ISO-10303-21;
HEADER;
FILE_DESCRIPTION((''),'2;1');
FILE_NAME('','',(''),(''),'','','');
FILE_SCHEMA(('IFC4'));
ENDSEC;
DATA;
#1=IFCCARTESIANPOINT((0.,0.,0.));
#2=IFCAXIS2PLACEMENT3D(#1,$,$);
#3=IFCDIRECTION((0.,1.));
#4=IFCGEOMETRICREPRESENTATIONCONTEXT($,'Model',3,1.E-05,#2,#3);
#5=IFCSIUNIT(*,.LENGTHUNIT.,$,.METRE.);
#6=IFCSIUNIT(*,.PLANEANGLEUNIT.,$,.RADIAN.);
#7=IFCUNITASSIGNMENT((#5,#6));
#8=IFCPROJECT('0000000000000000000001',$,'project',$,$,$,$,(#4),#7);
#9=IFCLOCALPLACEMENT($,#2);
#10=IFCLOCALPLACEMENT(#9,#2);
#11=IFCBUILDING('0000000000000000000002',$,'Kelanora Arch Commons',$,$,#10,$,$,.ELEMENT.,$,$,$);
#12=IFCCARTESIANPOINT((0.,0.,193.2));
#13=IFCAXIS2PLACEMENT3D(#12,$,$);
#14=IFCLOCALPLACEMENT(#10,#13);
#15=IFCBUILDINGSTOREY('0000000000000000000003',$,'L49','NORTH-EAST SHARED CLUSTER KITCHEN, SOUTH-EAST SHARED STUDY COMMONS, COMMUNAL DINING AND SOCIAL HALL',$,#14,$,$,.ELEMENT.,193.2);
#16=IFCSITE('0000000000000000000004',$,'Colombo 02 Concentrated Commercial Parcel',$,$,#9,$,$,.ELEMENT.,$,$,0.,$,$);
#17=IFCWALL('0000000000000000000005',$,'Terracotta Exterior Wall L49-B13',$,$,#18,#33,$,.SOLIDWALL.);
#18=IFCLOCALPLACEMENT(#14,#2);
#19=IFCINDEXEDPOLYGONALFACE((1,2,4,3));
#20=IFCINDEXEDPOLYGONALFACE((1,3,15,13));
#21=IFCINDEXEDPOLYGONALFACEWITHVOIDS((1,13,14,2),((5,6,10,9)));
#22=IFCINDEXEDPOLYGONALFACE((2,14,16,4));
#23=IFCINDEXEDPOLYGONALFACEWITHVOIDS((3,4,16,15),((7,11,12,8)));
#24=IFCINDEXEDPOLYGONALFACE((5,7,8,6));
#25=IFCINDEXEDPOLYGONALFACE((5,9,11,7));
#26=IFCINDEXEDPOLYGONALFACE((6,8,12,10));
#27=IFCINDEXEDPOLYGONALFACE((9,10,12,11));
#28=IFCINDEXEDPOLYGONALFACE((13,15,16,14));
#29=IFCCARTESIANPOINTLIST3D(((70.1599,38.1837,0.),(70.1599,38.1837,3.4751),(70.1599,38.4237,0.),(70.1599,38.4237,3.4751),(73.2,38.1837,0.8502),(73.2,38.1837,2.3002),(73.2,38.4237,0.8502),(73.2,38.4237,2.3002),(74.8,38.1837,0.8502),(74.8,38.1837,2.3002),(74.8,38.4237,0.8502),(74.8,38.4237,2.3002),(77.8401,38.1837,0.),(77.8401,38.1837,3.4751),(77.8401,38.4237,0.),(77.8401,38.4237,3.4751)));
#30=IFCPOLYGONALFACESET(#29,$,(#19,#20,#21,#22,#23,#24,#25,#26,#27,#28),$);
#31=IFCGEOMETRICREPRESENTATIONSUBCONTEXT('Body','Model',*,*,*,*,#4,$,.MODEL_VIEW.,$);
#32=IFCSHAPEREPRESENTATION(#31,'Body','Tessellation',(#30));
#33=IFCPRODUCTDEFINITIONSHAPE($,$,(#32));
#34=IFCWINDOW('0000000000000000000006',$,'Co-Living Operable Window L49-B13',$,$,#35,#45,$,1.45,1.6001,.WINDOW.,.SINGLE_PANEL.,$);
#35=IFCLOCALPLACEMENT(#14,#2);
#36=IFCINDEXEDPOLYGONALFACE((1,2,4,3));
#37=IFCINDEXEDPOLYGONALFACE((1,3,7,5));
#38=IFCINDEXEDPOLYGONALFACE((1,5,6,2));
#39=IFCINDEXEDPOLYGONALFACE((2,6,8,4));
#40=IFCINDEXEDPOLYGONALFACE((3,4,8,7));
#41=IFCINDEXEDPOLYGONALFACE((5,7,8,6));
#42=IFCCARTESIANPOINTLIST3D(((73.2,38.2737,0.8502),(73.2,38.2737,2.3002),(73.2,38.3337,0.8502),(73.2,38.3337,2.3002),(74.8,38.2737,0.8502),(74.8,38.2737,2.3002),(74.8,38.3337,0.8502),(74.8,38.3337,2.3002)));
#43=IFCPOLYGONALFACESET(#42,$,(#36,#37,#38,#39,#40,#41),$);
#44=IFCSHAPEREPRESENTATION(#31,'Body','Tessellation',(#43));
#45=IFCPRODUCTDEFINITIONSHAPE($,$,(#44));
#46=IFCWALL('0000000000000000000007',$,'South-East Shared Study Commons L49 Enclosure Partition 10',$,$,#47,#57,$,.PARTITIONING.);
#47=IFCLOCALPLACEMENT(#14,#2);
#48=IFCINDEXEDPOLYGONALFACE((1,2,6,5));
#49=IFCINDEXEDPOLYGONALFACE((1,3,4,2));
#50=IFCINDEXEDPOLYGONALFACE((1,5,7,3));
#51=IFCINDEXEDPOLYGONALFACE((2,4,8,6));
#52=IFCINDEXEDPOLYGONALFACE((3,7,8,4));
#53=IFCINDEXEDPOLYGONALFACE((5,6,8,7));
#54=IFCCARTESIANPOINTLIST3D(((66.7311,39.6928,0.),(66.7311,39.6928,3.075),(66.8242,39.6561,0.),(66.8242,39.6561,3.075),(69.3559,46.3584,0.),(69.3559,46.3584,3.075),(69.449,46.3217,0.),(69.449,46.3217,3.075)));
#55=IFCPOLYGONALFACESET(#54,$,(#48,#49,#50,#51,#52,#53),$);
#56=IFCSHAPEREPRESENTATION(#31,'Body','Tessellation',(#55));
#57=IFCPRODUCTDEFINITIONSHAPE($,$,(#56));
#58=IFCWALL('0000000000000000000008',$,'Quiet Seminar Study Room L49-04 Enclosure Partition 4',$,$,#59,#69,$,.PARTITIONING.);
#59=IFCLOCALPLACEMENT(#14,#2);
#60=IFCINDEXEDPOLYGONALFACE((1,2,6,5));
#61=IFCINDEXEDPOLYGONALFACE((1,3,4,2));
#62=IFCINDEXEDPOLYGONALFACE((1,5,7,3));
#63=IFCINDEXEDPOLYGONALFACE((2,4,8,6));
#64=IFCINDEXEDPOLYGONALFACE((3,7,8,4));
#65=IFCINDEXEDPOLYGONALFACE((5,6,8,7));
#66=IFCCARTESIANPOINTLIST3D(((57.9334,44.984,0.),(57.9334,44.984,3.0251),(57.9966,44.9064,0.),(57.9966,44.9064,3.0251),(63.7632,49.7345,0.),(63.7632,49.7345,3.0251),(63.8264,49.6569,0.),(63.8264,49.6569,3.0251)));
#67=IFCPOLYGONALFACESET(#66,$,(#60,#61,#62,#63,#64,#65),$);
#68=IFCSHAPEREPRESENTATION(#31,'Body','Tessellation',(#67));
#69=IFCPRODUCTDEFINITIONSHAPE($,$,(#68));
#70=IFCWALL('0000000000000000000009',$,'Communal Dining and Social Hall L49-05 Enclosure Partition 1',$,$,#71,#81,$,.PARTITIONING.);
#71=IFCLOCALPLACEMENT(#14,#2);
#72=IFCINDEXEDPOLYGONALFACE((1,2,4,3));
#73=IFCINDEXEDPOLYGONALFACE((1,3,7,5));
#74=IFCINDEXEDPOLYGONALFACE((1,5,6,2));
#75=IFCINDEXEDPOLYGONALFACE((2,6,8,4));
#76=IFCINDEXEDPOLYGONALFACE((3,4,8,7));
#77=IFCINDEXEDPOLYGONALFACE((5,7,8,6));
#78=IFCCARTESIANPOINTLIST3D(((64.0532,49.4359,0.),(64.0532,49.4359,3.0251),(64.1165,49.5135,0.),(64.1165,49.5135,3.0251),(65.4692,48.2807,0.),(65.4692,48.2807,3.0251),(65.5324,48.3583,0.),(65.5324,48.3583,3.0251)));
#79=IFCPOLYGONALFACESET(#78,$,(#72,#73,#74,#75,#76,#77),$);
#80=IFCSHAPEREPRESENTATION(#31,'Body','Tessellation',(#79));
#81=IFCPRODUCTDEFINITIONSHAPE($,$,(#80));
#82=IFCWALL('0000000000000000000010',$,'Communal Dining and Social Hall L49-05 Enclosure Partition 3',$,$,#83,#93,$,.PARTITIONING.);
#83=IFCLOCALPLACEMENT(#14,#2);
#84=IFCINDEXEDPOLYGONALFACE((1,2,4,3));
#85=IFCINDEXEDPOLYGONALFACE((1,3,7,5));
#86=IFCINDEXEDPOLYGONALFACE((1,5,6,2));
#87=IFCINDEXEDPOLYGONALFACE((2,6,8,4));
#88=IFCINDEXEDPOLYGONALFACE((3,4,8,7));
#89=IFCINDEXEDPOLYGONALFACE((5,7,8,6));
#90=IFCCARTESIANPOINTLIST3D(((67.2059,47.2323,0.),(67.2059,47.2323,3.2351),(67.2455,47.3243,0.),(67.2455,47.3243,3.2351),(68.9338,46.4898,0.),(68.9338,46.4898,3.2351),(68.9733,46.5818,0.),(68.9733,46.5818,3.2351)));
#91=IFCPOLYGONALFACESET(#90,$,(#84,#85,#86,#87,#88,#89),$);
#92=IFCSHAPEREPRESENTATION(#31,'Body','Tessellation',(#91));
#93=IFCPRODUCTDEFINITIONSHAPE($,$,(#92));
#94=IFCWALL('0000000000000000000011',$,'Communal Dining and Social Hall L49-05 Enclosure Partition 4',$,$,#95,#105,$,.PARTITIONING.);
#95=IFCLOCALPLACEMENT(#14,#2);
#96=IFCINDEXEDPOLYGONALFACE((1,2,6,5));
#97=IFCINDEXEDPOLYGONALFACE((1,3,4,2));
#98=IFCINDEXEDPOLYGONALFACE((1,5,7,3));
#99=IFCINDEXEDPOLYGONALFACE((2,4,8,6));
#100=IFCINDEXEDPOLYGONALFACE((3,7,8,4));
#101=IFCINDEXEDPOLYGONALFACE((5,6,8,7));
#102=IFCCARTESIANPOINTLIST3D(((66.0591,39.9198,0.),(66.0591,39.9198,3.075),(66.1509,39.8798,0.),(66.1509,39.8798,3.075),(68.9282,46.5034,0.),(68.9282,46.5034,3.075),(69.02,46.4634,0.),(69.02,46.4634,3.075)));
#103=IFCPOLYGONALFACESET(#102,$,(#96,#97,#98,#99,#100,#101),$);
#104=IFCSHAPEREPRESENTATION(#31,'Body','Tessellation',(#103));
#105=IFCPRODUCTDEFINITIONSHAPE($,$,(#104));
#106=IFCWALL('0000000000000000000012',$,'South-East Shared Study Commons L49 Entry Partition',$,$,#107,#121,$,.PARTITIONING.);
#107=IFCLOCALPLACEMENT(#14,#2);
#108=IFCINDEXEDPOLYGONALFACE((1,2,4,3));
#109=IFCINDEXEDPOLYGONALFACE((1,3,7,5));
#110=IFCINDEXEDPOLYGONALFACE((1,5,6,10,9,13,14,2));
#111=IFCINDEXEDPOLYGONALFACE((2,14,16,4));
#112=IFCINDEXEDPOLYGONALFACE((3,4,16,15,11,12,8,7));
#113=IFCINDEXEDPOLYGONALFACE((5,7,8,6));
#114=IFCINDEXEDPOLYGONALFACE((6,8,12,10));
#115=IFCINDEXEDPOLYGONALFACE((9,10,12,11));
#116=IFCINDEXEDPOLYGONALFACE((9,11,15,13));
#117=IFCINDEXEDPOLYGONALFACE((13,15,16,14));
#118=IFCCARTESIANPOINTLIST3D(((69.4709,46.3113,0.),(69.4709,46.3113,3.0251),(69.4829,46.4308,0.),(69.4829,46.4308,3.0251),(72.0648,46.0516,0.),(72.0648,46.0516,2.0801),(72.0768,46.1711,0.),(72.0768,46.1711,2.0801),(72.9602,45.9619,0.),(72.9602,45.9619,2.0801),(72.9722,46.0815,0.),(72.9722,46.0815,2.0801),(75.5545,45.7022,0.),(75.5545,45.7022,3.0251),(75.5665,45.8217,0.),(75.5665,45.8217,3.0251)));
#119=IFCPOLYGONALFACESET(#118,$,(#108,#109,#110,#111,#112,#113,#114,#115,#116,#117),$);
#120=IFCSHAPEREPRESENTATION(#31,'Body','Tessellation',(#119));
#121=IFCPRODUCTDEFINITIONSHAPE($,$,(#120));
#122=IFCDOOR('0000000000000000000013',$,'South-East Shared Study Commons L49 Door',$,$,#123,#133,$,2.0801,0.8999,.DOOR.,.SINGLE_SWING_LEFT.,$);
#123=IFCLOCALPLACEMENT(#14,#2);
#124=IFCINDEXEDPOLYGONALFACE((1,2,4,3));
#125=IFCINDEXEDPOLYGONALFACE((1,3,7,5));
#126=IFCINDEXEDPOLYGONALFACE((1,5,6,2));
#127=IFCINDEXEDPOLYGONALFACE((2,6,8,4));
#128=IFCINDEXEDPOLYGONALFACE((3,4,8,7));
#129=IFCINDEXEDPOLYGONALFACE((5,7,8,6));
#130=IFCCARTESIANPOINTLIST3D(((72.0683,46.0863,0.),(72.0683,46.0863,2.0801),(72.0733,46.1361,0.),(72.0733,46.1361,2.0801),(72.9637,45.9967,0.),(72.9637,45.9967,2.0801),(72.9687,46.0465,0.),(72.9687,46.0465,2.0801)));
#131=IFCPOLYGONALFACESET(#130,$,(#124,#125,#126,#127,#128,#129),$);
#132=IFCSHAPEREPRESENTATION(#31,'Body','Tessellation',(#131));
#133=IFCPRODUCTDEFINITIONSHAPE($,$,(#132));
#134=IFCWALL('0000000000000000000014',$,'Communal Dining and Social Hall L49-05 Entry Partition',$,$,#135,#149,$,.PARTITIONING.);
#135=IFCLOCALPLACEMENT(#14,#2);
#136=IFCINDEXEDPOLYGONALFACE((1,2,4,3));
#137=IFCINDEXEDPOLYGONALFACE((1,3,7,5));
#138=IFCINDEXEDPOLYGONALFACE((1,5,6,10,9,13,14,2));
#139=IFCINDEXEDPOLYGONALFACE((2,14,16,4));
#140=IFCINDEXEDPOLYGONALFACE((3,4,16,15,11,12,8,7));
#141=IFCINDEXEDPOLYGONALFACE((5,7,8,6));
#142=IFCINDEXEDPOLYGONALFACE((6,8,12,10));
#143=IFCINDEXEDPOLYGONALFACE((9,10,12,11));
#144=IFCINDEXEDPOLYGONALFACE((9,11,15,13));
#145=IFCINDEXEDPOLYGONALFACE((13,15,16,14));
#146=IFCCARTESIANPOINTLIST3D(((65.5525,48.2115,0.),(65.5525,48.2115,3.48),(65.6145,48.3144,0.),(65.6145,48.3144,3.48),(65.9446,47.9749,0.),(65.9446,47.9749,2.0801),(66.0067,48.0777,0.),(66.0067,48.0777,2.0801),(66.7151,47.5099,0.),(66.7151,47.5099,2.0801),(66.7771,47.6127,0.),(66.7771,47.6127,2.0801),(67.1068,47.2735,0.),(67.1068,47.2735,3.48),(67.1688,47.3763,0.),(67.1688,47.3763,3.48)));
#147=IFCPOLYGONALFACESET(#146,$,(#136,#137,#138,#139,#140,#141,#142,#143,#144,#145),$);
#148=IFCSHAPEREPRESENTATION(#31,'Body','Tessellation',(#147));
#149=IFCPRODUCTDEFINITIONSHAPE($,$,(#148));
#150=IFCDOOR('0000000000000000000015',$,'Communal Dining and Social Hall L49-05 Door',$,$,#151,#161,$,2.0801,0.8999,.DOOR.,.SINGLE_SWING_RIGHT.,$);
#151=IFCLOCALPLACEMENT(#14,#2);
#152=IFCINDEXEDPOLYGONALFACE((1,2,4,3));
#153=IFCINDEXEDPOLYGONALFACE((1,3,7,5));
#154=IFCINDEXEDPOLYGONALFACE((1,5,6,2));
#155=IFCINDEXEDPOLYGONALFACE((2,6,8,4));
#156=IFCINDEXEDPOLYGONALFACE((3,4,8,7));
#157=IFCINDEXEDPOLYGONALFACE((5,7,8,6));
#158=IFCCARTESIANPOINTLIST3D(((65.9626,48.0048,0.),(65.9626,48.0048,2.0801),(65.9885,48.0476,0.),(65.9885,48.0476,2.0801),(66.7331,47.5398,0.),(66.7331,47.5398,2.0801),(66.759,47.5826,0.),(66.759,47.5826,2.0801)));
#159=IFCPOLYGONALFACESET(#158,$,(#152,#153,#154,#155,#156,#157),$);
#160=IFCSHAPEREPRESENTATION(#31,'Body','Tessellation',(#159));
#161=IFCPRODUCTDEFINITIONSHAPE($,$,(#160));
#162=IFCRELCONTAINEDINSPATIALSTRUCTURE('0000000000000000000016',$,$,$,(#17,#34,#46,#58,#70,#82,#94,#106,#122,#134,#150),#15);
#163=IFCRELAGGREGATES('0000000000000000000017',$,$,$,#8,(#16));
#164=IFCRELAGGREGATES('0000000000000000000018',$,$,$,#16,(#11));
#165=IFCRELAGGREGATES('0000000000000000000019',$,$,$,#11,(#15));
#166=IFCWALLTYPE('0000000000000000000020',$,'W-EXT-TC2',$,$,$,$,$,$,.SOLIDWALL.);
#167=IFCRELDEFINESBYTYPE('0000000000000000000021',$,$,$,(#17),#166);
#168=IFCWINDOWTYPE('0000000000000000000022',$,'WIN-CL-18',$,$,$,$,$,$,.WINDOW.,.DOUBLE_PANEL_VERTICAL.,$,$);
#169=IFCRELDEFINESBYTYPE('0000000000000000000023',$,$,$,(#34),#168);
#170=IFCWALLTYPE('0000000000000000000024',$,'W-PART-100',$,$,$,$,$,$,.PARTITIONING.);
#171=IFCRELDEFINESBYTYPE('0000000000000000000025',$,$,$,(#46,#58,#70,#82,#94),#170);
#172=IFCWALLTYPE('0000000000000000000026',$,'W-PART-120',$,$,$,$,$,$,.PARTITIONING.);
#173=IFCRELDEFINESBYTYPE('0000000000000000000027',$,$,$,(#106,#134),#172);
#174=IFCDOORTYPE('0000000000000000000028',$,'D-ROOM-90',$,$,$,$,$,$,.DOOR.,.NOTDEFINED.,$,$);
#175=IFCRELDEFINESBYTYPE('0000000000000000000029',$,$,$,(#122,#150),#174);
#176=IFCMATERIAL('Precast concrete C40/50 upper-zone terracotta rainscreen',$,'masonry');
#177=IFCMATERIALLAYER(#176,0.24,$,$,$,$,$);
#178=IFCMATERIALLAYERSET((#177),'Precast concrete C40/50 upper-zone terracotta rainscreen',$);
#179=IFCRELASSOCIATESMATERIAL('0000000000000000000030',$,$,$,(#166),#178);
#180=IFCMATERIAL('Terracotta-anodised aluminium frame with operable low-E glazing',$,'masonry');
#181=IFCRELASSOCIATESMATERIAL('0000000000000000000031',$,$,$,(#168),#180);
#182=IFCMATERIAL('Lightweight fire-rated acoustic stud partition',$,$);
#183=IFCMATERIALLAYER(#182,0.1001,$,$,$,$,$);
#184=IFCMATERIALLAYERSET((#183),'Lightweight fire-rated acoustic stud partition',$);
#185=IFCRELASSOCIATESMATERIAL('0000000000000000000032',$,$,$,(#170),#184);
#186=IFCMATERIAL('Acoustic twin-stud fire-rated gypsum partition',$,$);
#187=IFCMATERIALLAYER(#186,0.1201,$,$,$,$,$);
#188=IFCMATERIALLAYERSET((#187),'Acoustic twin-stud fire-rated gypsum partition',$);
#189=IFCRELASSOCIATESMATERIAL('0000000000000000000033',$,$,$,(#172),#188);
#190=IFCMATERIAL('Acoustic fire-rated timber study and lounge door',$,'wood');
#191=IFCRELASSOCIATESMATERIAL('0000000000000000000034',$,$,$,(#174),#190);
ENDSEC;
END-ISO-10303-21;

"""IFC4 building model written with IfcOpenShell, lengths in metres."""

from ifc_helpers import new_model, si_unit, direction, frame, frame_2d, origin, place, context, subcontext, project, spatial, rectangle, extrude, material, layer, layer_set, type_object, element, fill, save


model = new_model("IFC4")

# Units and contexts
model_context = context("Model", 3, precision=1e-05, world=origin(), true_north=direction((0.0, 1.0)))
body_context = subcontext(model_context, "Body", "Model", "MODEL_VIEW")
ifc_project = project(units=[si_unit("LENGTHUNIT", "METRE"), si_unit("PLANEANGLEUNIT", "RADIAN")], contexts=[model_context])

# Site, building, storey
site_placement = place(None, origin())
site = spatial("IfcSite", under=ifc_project, at=site_placement, Name="Colombo 02 Concentrated Commercial Parcel", CompositionType="ELEMENT", RefElevation=0.0)
building_placement = place(site_placement, origin())
building = spatial("IfcBuilding", under=site, at=building_placement, Name="Kelanora Arch Commons", CompositionType="ELEMENT")
storey_placement = place(building_placement, frame((0.0, 0.0, 193.2)))
storey = spatial("IfcBuildingStorey", under=building, at=storey_placement, Name="L49", Description="NORTH-EAST SHARED CLUSTER KITCHEN, SOUTH-EAST SHARED STUDY COMMONS, COMMUNAL DINING AND SOCIAL HALL", CompositionType="ELEMENT", Elevation=193.2)

# Wall, opening, window
ifc_material_1 = material(Name="Precast concrete C40/50 upper-zone terracotta rainscreen", Category="masonry")
ifc_layer_1 = layer(ifc_material_1, 0.24)
ifc_layer_set_1 = layer_set([ifc_layer_1], Name="Precast concrete C40/50 upper-zone terracotta rainscreen")
wall_type_1 = type_object("IfcWallType", Name="W-EXT-TC2", PredefinedType="SOLIDWALL", material=ifc_layer_set_1)
ifc_material_2 = material(Name="Terracotta-anodised aluminium frame with operable low-E glazing", Category="masonry")
window_type = type_object("IfcWindowType", Name="WIN-CL-18", PartitioningType="DOUBLE_PANEL_VERTICAL", PredefinedType="WINDOW", material=ifc_material_2)
wall_1_placement = place(storey_placement, frame((70.1599, 38.3037, 0.0), z_axis=(0.0, 0.0, 1.0), x_axis=(1.0, 0.0, 0.0)))
wall_1 = element("IfcWall", 1, at=wall_1_placement, inside=storey, type_object=wall_type_1, Name="Terracotta Exterior Wall L49-B13", PredefinedType="SOLIDWALL", context=body_context, shape_type="SweptSolid", body=[
    extrude(rectangle(XDim=7.6802, YDim=0.24, at=frame_2d((3.8401, 0.0))), origin(), (0.0, 0.0, 1.0), 3.4751),
])
opening_1_placement = place(wall_1_placement, frame((3.04, 0.0, 0.8501)))
opening_1 = element("IfcOpeningElement", 2, at=opening_1_placement, cuts=wall_1, PredefinedType="OPENING", context=body_context, shape_type="SweptSolid", body=[
    extrude(rectangle(XDim=1.6001, YDim=1.45, at=frame_2d((0.8, 0.7251))), frame((0.0, 0.1299, 0.0), z_axis=(0.0, -1.0, 0.0), x_axis=(1.0, 0.0, 0.0)), (0.0, 0.0, 1.0), 0.26),
])
window_1_placement = place(opening_1_placement, origin())
window_1 = element("IfcWindow", 3, at=window_1_placement, inside=storey, type_object=window_type, Name="Co-Living Operable Window L49-B13", OverallHeight=1.45, OverallWidth=1.6001, PartitioningType="SINGLE_PANEL", PredefinedType="WINDOW", context=body_context, shape_type="SweptSolid", body=[
    extrude(rectangle(XDim=1.6001, YDim=1.45, at=frame_2d((0.8, 0.7251))), frame((0.0, 0.03, 0.0), z_axis=(0.0, -1.0, 0.0), x_axis=(1.0, 0.0, 0.0)), (0.0, 0.0, 1.0), 0.0601),
])
fill(opening_1, window_1)

# Walls
ifc_material_3 = material(Name="Lightweight fire-rated acoustic stud partition")
ifc_layer_2 = layer(ifc_material_3, 0.1001)
ifc_layer_set_2 = layer_set([ifc_layer_2], Name="Lightweight fire-rated acoustic stud partition")
wall_type_2 = type_object("IfcWallType", Name="W-PART-100", PredefinedType="PARTITIONING", material=ifc_layer_set_2)
wall_2_placement = place(storey_placement, frame((66.7776, 39.6743, 0.0), z_axis=(0.0, 0.0, 1.0), x_axis=(0.366397, 0.930459, 0.0)))
element("IfcWall", 4, at=wall_2_placement, inside=storey, type_object=wall_type_2, Name="South-East Shared Study Commons L49 Enclosure Partition 10", PredefinedType="PARTITIONING", context=body_context, shape_type="SweptSolid", body=[
    extrude(rectangle(XDim=7.1638, YDim=0.1001, at=frame_2d((3.582, 0.0))), origin(), (0.0, 0.0, 1.0), 3.075),
])
wall_3_placement = place(storey_placement, frame((63.7949, 49.6958, 0.0), z_axis=(0.0, 0.0, 1.0), x_axis=(-0.775218, -0.631693, 0.0)))
element("IfcWall", 5, at=wall_3_placement, inside=storey, type_object=wall_type_2, Name="Quiet Seminar Study Room L49-04 Enclosure Partition 4", PredefinedType="PARTITIONING", context=body_context, shape_type="SweptSolid", body=[
    extrude(rectangle(XDim=7.5203, YDim=0.1001, at=frame_2d((3.7603, 0.0))), origin(), (0.0, 0.0, 1.0), 3.0251),
])
wall_4_placement = place(storey_placement, frame((64.085, 49.4746, 0.0), z_axis=(0.0, 0.0, 1.0), x_axis=(0.774837, -0.63216, 0.0)))
element("IfcWall", 6, at=wall_4_placement, inside=storey, type_object=wall_type_2, Name="Communal Dining and Social Hall L49-05 Enclosure Partition 1", PredefinedType="PARTITIONING", context=body_context, shape_type="SweptSolid", body=[
    extrude(rectangle(XDim=1.8274, YDim=0.1001, at=frame_2d((0.9136, 0.0))), origin(), (0.0, 0.0, 1.0), 3.0251),
])
wall_5_placement = place(storey_placement, frame((67.2256, 47.2783, 0.0), z_axis=(0.0, 0.0, 1.0), x_axis=(0.918769, -0.394797, 0.0)))
element("IfcWall", 7, at=wall_5_placement, inside=storey, type_object=wall_type_2, Name="Communal Dining and Social Hall L49-05 Enclosure Partition 3", PredefinedType="PARTITIONING", context=body_context, shape_type="SweptSolid", body=[
    extrude(rectangle(XDim=1.8806, YDim=0.1001, at=frame_2d((0.9404, 0.0))), origin(), (0.0, 0.0, 1.0), 3.2351),
])
wall_6_placement = place(storey_placement, frame((68.9741, 46.4834, 0.0), z_axis=(0.0, 0.0, 1.0), x_axis=(-0.399504, -0.916731, 0.0)))
element("IfcWall", 8, at=wall_6_placement, inside=storey, type_object=wall_type_2, Name="Communal Dining and Social Hall L49-05 Enclosure Partition 4", PredefinedType="PARTITIONING", context=body_context, shape_type="SweptSolid", body=[
    extrude(rectangle(XDim=7.1816, YDim=0.1001, at=frame_2d((3.5908, 0.0))), origin(), (0.0, 0.0, 1.0), 3.075),
])

# Walls, openings, doors
ifc_material_4 = material(Name="Acoustic twin-stud fire-rated gypsum partition")
ifc_layer_3 = layer(ifc_material_4, 0.1201)
ifc_layer_set_3 = layer_set([ifc_layer_3], Name="Acoustic twin-stud fire-rated gypsum partition")
wall_type_3 = type_object("IfcWallType", Name="W-PART-120", PredefinedType="PARTITIONING", material=ifc_layer_set_3)
wall_7_placement = place(storey_placement, frame((69.4768, 46.3711, 0.0), z_axis=(0.0, 0.0, 1.0), x_axis=(0.995025, -0.09963, 0.0)))
wall_7 = element("IfcWall", 9, at=wall_7_placement, inside=storey, type_object=wall_type_3, Name="South-East Shared Study Commons L49 Entry Partition", PredefinedType="PARTITIONING", context=body_context, shape_type="SweptSolid", body=[
    extrude(rectangle(XDim=6.114, YDim=0.1201, at=frame_2d((3.0571, 0.0))), origin(), (0.0, 0.0, 1.0), 3.0251),
])
opening_2_placement = place(wall_7_placement, frame((2.6069, 0.0, 0.0)))
opening_2 = element("IfcOpeningElement", 10, at=opening_2_placement, cuts=wall_7, PredefinedType="OPENING", context=body_context, shape_type="SweptSolid", body=[
    extrude(rectangle(XDim=0.8999, YDim=2.0801, at=frame_2d((0.45, 1.04))), frame((0.0, 0.0701, 0.0), z_axis=(0.0, -1.0, 0.0), x_axis=(1.0, 0.0, 0.0)), (0.0, 0.0, 1.0), 0.1401),
])
ifc_material_5 = material(Name="Acoustic fire-rated timber study and lounge door", Category="wood")
door_type = type_object("IfcDoorType", Name="D-ROOM-90", OperationType="NOTDEFINED", PredefinedType="DOOR", material=ifc_material_5)
door_1_placement = place(opening_2_placement, origin())
door_1 = element("IfcDoor", 11, at=door_1_placement, inside=storey, type_object=door_type, Name="South-East Shared Study Commons L49 Door", OperationType="SINGLE_SWING_LEFT", OverallHeight=2.0801, OverallWidth=0.8999, PredefinedType="DOOR", context=body_context, shape_type="SweptSolid", body=[
    extrude(rectangle(XDim=0.8999, YDim=2.0801, at=frame_2d((0.45, 1.04))), frame((0.0, 0.0249, 0.0), z_axis=(0.0, -1.0, 0.0), x_axis=(1.0, 0.0, 0.0)), (0.0, 0.0, 1.0), 0.05),
])
fill(opening_2, door_1)
wall_8_placement = place(storey_placement, frame((65.5835, 48.2629, 0.0), z_axis=(0.0, 0.0, 1.0), x_axis=(0.856161, -0.516709, 0.0)))
wall_8 = element("IfcWall", 12, at=wall_8_placement, inside=storey, type_object=wall_type_3, Name="Communal Dining and Social Hall L49-05 Entry Partition", PredefinedType="PARTITIONING", context=body_context, shape_type="SweptSolid", body=[
    extrude(rectangle(XDim=1.8154, YDim=0.1201, at=frame_2d((0.9077, 0.0))), origin(), (0.0, 0.0, 1.0), 3.48),
])
opening_3_placement = place(wall_8_placement, frame((0.458, 0.0, 0.0)))
opening_3 = element("IfcOpeningElement", 13, at=opening_3_placement, cuts=wall_8, PredefinedType="OPENING", context=body_context, shape_type="SweptSolid", body=[
    extrude(rectangle(XDim=0.8999, YDim=2.0801, at=frame_2d((0.45, 1.04))), frame((0.0, 0.0701, 0.0), z_axis=(0.0, -1.0, 0.0), x_axis=(1.0, 0.0, 0.0)), (0.0, 0.0, 1.0), 0.1401),
])
door_2_placement = place(opening_3_placement, origin())
door_2 = element("IfcDoor", 14, at=door_2_placement, inside=storey, type_object=door_type, Name="Communal Dining and Social Hall L49-05 Door", OperationType="SINGLE_SWING_RIGHT", OverallHeight=2.0801, OverallWidth=0.8999, PredefinedType="DOOR", context=body_context, shape_type="SweptSolid", body=[
    extrude(rectangle(XDim=0.8999, YDim=2.0801, at=frame_2d((0.45, 1.04))), frame((0.0, 0.0249, 0.0), z_axis=(0.0, -1.0, 0.0), x_axis=(1.0, 0.0, 0.0)), (0.0, 0.0, 1.0), 0.05),
])
fill(opening_3, door_2)

save(model, "model.ifc")
